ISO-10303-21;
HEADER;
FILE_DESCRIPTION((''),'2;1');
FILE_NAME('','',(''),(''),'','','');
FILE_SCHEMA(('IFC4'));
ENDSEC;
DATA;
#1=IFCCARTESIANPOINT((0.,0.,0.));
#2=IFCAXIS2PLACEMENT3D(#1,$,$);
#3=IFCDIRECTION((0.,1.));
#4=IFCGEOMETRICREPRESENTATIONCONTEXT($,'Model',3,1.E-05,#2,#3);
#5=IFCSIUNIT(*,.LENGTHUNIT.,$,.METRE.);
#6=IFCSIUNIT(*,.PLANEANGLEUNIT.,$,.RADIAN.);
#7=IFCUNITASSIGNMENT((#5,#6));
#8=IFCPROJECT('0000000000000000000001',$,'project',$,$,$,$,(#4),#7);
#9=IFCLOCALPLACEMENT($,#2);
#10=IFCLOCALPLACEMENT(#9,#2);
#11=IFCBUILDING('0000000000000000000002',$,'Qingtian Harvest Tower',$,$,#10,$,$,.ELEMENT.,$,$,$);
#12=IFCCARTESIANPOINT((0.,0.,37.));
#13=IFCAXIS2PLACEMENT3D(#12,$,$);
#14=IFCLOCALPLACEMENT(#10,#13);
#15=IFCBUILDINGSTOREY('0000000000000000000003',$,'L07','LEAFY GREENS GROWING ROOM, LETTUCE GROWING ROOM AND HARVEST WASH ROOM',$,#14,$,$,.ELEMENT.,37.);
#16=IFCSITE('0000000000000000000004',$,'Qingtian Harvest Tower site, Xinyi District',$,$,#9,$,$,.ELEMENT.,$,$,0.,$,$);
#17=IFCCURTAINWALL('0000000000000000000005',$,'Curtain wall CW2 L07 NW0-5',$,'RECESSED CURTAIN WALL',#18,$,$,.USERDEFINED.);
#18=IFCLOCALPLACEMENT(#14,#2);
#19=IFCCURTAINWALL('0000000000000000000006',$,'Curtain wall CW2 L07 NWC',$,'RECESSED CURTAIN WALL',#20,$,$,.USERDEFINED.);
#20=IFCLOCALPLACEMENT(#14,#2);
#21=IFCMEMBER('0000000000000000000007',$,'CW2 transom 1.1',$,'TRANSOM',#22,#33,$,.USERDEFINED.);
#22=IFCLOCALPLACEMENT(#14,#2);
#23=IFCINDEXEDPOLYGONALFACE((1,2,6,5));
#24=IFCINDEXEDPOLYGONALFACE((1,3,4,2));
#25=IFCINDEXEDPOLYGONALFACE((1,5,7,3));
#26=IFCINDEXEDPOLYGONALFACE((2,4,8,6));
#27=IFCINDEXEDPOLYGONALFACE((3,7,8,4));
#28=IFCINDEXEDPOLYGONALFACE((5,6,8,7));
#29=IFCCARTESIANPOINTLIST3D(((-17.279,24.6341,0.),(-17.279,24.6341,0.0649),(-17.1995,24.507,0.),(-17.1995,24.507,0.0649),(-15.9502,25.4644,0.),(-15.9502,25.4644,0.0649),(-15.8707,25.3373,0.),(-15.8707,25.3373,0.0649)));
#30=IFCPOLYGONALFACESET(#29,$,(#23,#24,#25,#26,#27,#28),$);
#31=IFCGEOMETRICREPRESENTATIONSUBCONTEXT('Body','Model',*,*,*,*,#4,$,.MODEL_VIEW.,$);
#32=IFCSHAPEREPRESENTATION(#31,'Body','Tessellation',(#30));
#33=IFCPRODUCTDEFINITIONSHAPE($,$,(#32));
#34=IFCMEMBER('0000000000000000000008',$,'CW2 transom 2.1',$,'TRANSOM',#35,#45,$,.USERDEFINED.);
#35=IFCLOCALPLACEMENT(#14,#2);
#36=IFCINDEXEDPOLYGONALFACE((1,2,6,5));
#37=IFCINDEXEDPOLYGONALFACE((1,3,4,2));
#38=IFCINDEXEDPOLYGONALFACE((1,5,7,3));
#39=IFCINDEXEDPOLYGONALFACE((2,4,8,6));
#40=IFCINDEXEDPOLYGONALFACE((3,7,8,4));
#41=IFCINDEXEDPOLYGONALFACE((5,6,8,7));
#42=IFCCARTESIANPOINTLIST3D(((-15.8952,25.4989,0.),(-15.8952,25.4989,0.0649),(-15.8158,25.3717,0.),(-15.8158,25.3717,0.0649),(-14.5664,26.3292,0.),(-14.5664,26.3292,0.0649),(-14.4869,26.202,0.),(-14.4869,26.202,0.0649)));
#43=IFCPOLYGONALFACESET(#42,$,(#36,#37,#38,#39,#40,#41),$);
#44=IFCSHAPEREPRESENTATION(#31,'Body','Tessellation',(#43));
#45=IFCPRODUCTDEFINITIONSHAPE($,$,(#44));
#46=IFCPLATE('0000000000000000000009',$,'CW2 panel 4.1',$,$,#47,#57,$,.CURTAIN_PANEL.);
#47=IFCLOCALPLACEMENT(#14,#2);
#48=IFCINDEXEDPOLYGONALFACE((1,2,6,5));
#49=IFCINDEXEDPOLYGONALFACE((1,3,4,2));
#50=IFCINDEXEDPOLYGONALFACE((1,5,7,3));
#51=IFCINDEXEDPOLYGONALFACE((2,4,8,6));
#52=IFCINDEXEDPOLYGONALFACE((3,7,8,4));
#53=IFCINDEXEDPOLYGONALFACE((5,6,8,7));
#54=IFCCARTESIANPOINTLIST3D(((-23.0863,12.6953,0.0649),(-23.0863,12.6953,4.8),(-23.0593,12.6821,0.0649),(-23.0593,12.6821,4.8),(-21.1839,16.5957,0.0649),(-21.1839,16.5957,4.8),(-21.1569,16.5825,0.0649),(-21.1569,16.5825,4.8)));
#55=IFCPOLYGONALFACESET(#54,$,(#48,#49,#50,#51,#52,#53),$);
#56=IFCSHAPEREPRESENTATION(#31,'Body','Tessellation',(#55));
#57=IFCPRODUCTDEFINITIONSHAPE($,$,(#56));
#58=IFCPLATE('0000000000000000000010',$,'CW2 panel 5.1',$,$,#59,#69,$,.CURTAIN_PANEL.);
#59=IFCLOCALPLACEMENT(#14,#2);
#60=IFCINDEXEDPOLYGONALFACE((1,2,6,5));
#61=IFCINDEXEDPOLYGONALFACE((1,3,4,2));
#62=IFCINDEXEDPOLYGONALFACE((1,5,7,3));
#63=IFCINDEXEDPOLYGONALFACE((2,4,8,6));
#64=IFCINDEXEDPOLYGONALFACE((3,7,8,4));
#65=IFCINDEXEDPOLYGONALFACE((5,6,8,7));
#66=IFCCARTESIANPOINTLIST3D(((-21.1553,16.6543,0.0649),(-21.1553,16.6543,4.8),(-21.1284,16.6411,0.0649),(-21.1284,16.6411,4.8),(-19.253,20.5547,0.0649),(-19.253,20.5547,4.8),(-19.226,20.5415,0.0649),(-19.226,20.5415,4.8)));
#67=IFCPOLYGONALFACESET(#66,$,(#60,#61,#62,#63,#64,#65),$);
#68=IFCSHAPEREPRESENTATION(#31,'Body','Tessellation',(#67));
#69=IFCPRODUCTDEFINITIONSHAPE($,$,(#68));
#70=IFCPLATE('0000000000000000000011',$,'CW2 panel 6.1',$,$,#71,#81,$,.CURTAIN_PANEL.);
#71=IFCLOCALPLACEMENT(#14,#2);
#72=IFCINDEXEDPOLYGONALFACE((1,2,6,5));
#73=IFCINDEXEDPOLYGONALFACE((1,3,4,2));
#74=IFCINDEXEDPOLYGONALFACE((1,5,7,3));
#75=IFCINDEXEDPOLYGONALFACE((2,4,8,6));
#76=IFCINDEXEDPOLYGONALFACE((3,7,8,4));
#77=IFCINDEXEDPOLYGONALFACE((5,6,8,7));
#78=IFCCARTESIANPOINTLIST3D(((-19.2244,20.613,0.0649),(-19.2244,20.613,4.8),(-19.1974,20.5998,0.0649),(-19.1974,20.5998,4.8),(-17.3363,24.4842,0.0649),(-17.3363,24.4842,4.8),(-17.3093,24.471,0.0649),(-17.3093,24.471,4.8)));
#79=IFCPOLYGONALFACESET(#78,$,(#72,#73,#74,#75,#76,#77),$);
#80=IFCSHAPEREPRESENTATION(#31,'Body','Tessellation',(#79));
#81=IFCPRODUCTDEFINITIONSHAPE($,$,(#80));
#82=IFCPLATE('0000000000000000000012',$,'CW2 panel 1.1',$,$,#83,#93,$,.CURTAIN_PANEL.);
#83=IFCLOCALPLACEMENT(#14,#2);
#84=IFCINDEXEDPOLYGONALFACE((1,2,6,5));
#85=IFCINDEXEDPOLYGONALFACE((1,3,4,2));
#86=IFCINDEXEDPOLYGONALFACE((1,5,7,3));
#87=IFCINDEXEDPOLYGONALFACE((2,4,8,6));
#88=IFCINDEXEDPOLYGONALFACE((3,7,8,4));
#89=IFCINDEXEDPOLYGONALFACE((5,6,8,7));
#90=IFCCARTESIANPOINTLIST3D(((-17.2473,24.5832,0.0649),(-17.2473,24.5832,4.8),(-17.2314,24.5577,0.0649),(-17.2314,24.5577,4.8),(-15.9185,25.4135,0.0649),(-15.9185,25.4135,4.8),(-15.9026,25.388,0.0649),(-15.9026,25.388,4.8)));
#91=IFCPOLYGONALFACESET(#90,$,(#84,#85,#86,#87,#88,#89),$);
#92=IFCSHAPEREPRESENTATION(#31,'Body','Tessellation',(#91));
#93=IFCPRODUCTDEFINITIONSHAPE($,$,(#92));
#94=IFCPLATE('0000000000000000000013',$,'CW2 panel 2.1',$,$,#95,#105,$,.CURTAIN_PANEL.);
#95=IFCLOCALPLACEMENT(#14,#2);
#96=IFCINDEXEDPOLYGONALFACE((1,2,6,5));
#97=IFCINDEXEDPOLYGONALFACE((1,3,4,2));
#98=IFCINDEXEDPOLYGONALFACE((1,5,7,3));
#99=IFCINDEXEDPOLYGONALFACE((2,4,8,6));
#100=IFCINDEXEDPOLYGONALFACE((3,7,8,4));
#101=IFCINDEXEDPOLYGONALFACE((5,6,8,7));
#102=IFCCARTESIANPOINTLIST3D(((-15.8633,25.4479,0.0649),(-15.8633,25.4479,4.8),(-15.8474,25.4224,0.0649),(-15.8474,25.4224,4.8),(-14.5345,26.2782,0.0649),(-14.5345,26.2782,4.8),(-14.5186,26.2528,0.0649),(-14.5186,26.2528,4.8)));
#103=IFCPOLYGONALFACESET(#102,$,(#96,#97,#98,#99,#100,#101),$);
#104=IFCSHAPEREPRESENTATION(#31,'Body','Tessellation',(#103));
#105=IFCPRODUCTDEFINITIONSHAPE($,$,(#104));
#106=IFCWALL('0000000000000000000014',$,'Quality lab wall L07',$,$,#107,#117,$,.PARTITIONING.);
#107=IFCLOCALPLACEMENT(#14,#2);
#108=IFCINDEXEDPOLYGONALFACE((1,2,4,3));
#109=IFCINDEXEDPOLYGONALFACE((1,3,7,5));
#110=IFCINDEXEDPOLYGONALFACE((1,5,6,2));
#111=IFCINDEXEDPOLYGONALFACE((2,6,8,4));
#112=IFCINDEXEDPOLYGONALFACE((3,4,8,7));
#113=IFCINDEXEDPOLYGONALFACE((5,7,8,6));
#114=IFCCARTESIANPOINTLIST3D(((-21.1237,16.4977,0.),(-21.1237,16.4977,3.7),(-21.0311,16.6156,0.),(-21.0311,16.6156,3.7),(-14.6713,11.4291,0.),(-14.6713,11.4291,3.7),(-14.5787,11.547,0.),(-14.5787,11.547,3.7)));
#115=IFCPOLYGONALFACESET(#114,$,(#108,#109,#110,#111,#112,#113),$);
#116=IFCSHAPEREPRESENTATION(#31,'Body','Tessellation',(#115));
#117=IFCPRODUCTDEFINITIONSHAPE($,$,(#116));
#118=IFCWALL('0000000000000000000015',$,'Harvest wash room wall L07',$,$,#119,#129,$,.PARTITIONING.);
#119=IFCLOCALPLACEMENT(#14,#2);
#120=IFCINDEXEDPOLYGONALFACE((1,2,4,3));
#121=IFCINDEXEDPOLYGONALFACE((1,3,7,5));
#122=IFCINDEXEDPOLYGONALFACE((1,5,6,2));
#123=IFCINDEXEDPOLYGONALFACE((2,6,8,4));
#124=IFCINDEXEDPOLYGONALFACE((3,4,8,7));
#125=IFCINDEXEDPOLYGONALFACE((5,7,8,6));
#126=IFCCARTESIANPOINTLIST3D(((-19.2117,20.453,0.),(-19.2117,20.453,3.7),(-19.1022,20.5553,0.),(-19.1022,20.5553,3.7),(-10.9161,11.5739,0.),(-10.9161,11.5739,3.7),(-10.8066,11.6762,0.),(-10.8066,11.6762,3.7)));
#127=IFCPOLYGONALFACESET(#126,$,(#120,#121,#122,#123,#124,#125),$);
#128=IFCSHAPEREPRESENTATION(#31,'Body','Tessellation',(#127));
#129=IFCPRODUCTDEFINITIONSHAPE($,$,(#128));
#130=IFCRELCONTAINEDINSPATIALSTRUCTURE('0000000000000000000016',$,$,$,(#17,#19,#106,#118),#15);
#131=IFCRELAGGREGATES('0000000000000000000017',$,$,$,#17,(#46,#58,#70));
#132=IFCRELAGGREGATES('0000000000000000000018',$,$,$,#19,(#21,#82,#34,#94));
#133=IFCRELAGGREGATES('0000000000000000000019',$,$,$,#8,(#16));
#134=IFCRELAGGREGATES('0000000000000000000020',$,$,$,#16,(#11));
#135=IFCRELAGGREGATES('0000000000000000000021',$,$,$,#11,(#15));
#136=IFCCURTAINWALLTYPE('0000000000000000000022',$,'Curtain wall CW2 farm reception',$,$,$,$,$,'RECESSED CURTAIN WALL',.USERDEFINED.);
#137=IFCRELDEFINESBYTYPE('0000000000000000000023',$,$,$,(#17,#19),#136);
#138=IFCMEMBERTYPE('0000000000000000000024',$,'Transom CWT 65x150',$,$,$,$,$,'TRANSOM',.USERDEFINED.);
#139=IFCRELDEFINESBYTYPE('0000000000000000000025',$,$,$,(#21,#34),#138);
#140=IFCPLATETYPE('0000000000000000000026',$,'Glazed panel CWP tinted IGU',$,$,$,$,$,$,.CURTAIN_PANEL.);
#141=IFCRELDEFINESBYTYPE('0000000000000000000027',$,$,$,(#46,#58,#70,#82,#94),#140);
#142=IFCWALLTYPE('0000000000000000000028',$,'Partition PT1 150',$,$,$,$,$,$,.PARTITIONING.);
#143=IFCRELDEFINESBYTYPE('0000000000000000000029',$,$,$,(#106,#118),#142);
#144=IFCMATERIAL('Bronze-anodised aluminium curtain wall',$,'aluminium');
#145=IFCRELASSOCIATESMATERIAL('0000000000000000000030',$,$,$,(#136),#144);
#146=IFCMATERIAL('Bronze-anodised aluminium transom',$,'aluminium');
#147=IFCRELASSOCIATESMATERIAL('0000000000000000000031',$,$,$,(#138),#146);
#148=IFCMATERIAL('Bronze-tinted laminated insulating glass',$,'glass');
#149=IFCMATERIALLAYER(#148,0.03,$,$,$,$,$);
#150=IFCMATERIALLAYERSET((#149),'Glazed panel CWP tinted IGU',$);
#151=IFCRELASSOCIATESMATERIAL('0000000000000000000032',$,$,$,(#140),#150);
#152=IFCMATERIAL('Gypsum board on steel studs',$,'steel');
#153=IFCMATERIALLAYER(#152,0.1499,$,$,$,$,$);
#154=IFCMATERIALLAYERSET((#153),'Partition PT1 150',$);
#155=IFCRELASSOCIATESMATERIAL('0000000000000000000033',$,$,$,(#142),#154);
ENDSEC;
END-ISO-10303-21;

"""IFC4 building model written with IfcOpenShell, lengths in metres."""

from ifc_helpers import new_model, si_unit, direction, frame, frame_2d, origin, origin_2d, place, context, subcontext, project, spatial, rectangle, extrude, material, layer, layer_set, material_profile, profile_set, type_object, element, aggregate, save


model = new_model("IFC4")

# Units and contexts
model_context = context("Model", 3, precision=1e-05, world=origin(), true_north=direction((0.0, 1.0)))
body_context = subcontext(model_context, "Body", "Model", "MODEL_VIEW")
ifc_project = project(units=[si_unit("LENGTHUNIT", "METRE"), si_unit("PLANEANGLEUNIT", "RADIAN")], contexts=[model_context])

# Site, building, storey
site_placement = place(None, origin())
site = spatial("IfcSite", under=ifc_project, at=site_placement, Name="Qingtian Harvest Tower site, Xinyi District", CompositionType="ELEMENT", RefElevation=0.0)
building_placement = place(site_placement, origin())
building = spatial("IfcBuilding", under=site, at=building_placement, Name="Qingtian Harvest Tower", CompositionType="ELEMENT")
storey_placement = place(building_placement, frame((0.0, 0.0, 37.0)))
storey = spatial("IfcBuildingStorey", under=building, at=storey_placement, Name="L07", Description="LEAFY GREENS GROWING ROOM, LETTUCE GROWING ROOM AND HARVEST WASH ROOM", CompositionType="ELEMENT", Elevation=37.0)

# Curtain walls
ifc_material_1 = material(Name="Bronze-anodised aluminium curtain wall", Category="aluminium")
curtain_wall_type = type_object("IfcCurtainWallType", Name="Curtain wall CW2 farm reception", ElementType="RECESSED CURTAIN WALL", PredefinedType="USERDEFINED", material=ifc_material_1)
curtain_wall_1_placement = place(storey_placement, origin())
curtain_wall_1 = element("IfcCurtainWall", 1, at=curtain_wall_1_placement, inside=storey, type_object=curtain_wall_type, Name="Curtain wall CW2 L07 NW0-5", ObjectType="RECESSED CURTAIN WALL", PredefinedType="USERDEFINED")
curtain_wall_2_placement = place(storey_placement, origin())
curtain_wall_2 = element("IfcCurtainWall", 2, at=curtain_wall_2_placement, inside=storey, type_object=curtain_wall_type, Name="Curtain wall CW2 L07 NWC", ObjectType="RECESSED CURTAIN WALL", PredefinedType="USERDEFINED")

# Members
ifc_material_2 = material(Name="Bronze-anodised aluminium transom", Category="aluminium")
ifc_material_profile_1 = material_profile(ifc_material_2, rectangle(XDim=0.1499, YDim=0.0649, at=origin_2d()), Name="AL 65x150")
ifc_profile_set_1 = profile_set([ifc_material_profile_1], Name="Bronze-anodised aluminium transom")
member_type_1 = type_object("IfcMemberType", Name="Transom CWT 65x150", ElementType="TRANSOM", PredefinedType="USERDEFINED", material=ifc_profile_set_1)
member_1_placement = place(storey_placement, frame((-17.2393, 24.5706, 0.0325), z_axis=(0.84806, 0.529901, 0.0), x_axis=(-0.529901, 0.84806, 0.0)))
member_1 = element("IfcMember", 3, at=member_1_placement, type_object=member_type_1, Name="CW2 transom 1.1", ObjectType="TRANSOM", PredefinedType="USERDEFINED", context=body_context, shape_type="SweptSolid", body=[
    extrude(rectangle(XDim=0.1499, YDim=0.0649, at=origin_2d()), origin(), (0.0, 0.0, 1.0), 1.5669),
])
member_2_placement = place(storey_placement, frame((-15.8555, 25.4353, 0.0325), z_axis=(0.84806, 0.529901, 0.0), x_axis=(-0.529901, 0.84806, 0.0)))
member_2 = element("IfcMember", 4, at=member_2_placement, type_object=member_type_1, Name="CW2 transom 2.1", ObjectType="TRANSOM", PredefinedType="USERDEFINED", context=body_context, shape_type="SweptSolid", body=[
    extrude(rectangle(XDim=0.1499, YDim=0.0649, at=origin_2d()), origin(), (0.0, 0.0, 1.0), 1.5669),
])

# Plates
ifc_material_3 = material(Name="Bronze-tinted laminated insulating glass", Category="glass")
ifc_layer_1 = layer(ifc_material_3, 0.03)
ifc_layer_set_1 = layer_set([ifc_layer_1], Name="Glazed panel CWP tinted IGU")
plate_type = type_object("IfcPlateType", Name="Glazed panel CWP tinted IGU", PredefinedType="CURTAIN_PANEL", material=ifc_layer_set_1)
plate_1_placement = place(storey_placement, frame((-22.1216, 14.6389, 0.0649), z_axis=(0.0, 0.0, 1.0), x_axis=(0.438371, 0.898794, 0.0)))
plate_1 = element("IfcPlate", 5, at=plate_1_placement, type_object=plate_type, Name="CW2 panel 4.1", PredefinedType="CURTAIN_PANEL", context=body_context, shape_type="SweptSolid", body=[
    extrude(rectangle(XDim=4.3396, YDim=0.03, at=origin_2d()), origin(), (0.0, 0.0, 1.0), 4.7351),
])
plate_2_placement = place(storey_placement, frame((-20.1907, 18.5979, 0.0649), z_axis=(0.0, 0.0, 1.0), x_axis=(0.438371, 0.898794, 0.0)))
plate_2 = element("IfcPlate", 6, at=plate_2_placement, type_object=plate_type, Name="CW2 panel 5.1", PredefinedType="CURTAIN_PANEL", context=body_context, shape_type="SweptSolid", body=[
    extrude(rectangle(XDim=4.3396, YDim=0.03, at=origin_2d()), origin(), (0.0, 0.0, 1.0), 4.7351),
])
plate_3_placement = place(storey_placement, frame((-18.2668, 22.542, 0.0649), z_axis=(0.0, 0.0, 1.0), x_axis=(0.438371, 0.898794, 0.0)))
plate_3 = element("IfcPlate", 7, at=plate_3_placement, type_object=plate_type, Name="CW2 panel 6.1", PredefinedType="CURTAIN_PANEL", context=body_context, shape_type="SweptSolid", body=[
    extrude(rectangle(XDim=4.3071, YDim=0.03, at=origin_2d()), origin(), (0.0, 0.0, 1.0), 4.7351),
])
aggregate(curtain_wall_1, [plate_1, plate_2, plate_3])
plate_4_placement = place(storey_placement, frame((-16.575, 24.9856, 0.0649), z_axis=(0.0, 0.0, 1.0), x_axis=(0.848048, 0.529919, 0.0)))
plate_4 = element("IfcPlate", 8, at=plate_4_placement, type_object=plate_type, Name="CW2 panel 1.1", PredefinedType="CURTAIN_PANEL", context=body_context, shape_type="SweptSolid", body=[
    extrude(rectangle(XDim=1.5669, YDim=0.03, at=origin_2d()), origin(), (0.0, 0.0, 1.0), 4.7351),
])
plate_5_placement = place(storey_placement, frame((-15.1909, 25.8503, 0.0649), z_axis=(0.0, 0.0, 1.0), x_axis=(0.848048, 0.529919, 0.0)))
plate_5 = element("IfcPlate", 9, at=plate_5_placement, type_object=plate_type, Name="CW2 panel 2.1", PredefinedType="CURTAIN_PANEL", context=body_context, shape_type="SweptSolid", body=[
    extrude(rectangle(XDim=1.5669, YDim=0.03, at=origin_2d()), origin(), (0.0, 0.0, 1.0), 4.7351),
])
aggregate(curtain_wall_2, [member_1, plate_4, member_2, plate_5])

# Walls
ifc_material_4 = material(Name="Gypsum board on steel studs", Category="steel")
ifc_layer_2 = layer(ifc_material_4, 0.1499)
ifc_layer_set_2 = layer_set([ifc_layer_2], Name="Partition PT1 150")
wall_type = type_object("IfcWallType", Name="Partition PT1 150", PredefinedType="PARTITIONING", material=ifc_layer_set_2)
wall_1_placement = place(storey_placement, frame((-21.0774, 16.5566, 0.0), z_axis=(0.0, 0.0, 1.0), x_axis=(0.786385, -0.617736, 0.0)))
element("IfcWall", 10, at=wall_1_placement, inside=storey, type_object=wall_type, Name="Quality lab wall L07", PredefinedType="PARTITIONING", context=body_context, shape_type="SweptSolid", body=[
    extrude(rectangle(XDim=8.2051, YDim=0.1499, at=frame_2d((4.1025, 0.0))), origin(), (0.0, 0.0, 1.0), 3.7),
])
wall_2_placement = place(storey_placement, frame((-19.157, 20.5042, 0.0), z_axis=(0.0, 0.0, 1.0), x_axis=(0.68269, -0.730708, 0.0)))
element("IfcWall", 11, at=wall_2_placement, inside=storey, type_object=wall_type, Name="Harvest wash room wall L07", PredefinedType="PARTITIONING", context=body_context, shape_type="SweptSolid", body=[
    extrude(rectangle(XDim=12.1514, YDim=0.1499, at=frame_2d((6.0757, 0.0))), origin(), (0.0, 0.0, 1.0), 3.7),
])

save(model, "model.ifc")
